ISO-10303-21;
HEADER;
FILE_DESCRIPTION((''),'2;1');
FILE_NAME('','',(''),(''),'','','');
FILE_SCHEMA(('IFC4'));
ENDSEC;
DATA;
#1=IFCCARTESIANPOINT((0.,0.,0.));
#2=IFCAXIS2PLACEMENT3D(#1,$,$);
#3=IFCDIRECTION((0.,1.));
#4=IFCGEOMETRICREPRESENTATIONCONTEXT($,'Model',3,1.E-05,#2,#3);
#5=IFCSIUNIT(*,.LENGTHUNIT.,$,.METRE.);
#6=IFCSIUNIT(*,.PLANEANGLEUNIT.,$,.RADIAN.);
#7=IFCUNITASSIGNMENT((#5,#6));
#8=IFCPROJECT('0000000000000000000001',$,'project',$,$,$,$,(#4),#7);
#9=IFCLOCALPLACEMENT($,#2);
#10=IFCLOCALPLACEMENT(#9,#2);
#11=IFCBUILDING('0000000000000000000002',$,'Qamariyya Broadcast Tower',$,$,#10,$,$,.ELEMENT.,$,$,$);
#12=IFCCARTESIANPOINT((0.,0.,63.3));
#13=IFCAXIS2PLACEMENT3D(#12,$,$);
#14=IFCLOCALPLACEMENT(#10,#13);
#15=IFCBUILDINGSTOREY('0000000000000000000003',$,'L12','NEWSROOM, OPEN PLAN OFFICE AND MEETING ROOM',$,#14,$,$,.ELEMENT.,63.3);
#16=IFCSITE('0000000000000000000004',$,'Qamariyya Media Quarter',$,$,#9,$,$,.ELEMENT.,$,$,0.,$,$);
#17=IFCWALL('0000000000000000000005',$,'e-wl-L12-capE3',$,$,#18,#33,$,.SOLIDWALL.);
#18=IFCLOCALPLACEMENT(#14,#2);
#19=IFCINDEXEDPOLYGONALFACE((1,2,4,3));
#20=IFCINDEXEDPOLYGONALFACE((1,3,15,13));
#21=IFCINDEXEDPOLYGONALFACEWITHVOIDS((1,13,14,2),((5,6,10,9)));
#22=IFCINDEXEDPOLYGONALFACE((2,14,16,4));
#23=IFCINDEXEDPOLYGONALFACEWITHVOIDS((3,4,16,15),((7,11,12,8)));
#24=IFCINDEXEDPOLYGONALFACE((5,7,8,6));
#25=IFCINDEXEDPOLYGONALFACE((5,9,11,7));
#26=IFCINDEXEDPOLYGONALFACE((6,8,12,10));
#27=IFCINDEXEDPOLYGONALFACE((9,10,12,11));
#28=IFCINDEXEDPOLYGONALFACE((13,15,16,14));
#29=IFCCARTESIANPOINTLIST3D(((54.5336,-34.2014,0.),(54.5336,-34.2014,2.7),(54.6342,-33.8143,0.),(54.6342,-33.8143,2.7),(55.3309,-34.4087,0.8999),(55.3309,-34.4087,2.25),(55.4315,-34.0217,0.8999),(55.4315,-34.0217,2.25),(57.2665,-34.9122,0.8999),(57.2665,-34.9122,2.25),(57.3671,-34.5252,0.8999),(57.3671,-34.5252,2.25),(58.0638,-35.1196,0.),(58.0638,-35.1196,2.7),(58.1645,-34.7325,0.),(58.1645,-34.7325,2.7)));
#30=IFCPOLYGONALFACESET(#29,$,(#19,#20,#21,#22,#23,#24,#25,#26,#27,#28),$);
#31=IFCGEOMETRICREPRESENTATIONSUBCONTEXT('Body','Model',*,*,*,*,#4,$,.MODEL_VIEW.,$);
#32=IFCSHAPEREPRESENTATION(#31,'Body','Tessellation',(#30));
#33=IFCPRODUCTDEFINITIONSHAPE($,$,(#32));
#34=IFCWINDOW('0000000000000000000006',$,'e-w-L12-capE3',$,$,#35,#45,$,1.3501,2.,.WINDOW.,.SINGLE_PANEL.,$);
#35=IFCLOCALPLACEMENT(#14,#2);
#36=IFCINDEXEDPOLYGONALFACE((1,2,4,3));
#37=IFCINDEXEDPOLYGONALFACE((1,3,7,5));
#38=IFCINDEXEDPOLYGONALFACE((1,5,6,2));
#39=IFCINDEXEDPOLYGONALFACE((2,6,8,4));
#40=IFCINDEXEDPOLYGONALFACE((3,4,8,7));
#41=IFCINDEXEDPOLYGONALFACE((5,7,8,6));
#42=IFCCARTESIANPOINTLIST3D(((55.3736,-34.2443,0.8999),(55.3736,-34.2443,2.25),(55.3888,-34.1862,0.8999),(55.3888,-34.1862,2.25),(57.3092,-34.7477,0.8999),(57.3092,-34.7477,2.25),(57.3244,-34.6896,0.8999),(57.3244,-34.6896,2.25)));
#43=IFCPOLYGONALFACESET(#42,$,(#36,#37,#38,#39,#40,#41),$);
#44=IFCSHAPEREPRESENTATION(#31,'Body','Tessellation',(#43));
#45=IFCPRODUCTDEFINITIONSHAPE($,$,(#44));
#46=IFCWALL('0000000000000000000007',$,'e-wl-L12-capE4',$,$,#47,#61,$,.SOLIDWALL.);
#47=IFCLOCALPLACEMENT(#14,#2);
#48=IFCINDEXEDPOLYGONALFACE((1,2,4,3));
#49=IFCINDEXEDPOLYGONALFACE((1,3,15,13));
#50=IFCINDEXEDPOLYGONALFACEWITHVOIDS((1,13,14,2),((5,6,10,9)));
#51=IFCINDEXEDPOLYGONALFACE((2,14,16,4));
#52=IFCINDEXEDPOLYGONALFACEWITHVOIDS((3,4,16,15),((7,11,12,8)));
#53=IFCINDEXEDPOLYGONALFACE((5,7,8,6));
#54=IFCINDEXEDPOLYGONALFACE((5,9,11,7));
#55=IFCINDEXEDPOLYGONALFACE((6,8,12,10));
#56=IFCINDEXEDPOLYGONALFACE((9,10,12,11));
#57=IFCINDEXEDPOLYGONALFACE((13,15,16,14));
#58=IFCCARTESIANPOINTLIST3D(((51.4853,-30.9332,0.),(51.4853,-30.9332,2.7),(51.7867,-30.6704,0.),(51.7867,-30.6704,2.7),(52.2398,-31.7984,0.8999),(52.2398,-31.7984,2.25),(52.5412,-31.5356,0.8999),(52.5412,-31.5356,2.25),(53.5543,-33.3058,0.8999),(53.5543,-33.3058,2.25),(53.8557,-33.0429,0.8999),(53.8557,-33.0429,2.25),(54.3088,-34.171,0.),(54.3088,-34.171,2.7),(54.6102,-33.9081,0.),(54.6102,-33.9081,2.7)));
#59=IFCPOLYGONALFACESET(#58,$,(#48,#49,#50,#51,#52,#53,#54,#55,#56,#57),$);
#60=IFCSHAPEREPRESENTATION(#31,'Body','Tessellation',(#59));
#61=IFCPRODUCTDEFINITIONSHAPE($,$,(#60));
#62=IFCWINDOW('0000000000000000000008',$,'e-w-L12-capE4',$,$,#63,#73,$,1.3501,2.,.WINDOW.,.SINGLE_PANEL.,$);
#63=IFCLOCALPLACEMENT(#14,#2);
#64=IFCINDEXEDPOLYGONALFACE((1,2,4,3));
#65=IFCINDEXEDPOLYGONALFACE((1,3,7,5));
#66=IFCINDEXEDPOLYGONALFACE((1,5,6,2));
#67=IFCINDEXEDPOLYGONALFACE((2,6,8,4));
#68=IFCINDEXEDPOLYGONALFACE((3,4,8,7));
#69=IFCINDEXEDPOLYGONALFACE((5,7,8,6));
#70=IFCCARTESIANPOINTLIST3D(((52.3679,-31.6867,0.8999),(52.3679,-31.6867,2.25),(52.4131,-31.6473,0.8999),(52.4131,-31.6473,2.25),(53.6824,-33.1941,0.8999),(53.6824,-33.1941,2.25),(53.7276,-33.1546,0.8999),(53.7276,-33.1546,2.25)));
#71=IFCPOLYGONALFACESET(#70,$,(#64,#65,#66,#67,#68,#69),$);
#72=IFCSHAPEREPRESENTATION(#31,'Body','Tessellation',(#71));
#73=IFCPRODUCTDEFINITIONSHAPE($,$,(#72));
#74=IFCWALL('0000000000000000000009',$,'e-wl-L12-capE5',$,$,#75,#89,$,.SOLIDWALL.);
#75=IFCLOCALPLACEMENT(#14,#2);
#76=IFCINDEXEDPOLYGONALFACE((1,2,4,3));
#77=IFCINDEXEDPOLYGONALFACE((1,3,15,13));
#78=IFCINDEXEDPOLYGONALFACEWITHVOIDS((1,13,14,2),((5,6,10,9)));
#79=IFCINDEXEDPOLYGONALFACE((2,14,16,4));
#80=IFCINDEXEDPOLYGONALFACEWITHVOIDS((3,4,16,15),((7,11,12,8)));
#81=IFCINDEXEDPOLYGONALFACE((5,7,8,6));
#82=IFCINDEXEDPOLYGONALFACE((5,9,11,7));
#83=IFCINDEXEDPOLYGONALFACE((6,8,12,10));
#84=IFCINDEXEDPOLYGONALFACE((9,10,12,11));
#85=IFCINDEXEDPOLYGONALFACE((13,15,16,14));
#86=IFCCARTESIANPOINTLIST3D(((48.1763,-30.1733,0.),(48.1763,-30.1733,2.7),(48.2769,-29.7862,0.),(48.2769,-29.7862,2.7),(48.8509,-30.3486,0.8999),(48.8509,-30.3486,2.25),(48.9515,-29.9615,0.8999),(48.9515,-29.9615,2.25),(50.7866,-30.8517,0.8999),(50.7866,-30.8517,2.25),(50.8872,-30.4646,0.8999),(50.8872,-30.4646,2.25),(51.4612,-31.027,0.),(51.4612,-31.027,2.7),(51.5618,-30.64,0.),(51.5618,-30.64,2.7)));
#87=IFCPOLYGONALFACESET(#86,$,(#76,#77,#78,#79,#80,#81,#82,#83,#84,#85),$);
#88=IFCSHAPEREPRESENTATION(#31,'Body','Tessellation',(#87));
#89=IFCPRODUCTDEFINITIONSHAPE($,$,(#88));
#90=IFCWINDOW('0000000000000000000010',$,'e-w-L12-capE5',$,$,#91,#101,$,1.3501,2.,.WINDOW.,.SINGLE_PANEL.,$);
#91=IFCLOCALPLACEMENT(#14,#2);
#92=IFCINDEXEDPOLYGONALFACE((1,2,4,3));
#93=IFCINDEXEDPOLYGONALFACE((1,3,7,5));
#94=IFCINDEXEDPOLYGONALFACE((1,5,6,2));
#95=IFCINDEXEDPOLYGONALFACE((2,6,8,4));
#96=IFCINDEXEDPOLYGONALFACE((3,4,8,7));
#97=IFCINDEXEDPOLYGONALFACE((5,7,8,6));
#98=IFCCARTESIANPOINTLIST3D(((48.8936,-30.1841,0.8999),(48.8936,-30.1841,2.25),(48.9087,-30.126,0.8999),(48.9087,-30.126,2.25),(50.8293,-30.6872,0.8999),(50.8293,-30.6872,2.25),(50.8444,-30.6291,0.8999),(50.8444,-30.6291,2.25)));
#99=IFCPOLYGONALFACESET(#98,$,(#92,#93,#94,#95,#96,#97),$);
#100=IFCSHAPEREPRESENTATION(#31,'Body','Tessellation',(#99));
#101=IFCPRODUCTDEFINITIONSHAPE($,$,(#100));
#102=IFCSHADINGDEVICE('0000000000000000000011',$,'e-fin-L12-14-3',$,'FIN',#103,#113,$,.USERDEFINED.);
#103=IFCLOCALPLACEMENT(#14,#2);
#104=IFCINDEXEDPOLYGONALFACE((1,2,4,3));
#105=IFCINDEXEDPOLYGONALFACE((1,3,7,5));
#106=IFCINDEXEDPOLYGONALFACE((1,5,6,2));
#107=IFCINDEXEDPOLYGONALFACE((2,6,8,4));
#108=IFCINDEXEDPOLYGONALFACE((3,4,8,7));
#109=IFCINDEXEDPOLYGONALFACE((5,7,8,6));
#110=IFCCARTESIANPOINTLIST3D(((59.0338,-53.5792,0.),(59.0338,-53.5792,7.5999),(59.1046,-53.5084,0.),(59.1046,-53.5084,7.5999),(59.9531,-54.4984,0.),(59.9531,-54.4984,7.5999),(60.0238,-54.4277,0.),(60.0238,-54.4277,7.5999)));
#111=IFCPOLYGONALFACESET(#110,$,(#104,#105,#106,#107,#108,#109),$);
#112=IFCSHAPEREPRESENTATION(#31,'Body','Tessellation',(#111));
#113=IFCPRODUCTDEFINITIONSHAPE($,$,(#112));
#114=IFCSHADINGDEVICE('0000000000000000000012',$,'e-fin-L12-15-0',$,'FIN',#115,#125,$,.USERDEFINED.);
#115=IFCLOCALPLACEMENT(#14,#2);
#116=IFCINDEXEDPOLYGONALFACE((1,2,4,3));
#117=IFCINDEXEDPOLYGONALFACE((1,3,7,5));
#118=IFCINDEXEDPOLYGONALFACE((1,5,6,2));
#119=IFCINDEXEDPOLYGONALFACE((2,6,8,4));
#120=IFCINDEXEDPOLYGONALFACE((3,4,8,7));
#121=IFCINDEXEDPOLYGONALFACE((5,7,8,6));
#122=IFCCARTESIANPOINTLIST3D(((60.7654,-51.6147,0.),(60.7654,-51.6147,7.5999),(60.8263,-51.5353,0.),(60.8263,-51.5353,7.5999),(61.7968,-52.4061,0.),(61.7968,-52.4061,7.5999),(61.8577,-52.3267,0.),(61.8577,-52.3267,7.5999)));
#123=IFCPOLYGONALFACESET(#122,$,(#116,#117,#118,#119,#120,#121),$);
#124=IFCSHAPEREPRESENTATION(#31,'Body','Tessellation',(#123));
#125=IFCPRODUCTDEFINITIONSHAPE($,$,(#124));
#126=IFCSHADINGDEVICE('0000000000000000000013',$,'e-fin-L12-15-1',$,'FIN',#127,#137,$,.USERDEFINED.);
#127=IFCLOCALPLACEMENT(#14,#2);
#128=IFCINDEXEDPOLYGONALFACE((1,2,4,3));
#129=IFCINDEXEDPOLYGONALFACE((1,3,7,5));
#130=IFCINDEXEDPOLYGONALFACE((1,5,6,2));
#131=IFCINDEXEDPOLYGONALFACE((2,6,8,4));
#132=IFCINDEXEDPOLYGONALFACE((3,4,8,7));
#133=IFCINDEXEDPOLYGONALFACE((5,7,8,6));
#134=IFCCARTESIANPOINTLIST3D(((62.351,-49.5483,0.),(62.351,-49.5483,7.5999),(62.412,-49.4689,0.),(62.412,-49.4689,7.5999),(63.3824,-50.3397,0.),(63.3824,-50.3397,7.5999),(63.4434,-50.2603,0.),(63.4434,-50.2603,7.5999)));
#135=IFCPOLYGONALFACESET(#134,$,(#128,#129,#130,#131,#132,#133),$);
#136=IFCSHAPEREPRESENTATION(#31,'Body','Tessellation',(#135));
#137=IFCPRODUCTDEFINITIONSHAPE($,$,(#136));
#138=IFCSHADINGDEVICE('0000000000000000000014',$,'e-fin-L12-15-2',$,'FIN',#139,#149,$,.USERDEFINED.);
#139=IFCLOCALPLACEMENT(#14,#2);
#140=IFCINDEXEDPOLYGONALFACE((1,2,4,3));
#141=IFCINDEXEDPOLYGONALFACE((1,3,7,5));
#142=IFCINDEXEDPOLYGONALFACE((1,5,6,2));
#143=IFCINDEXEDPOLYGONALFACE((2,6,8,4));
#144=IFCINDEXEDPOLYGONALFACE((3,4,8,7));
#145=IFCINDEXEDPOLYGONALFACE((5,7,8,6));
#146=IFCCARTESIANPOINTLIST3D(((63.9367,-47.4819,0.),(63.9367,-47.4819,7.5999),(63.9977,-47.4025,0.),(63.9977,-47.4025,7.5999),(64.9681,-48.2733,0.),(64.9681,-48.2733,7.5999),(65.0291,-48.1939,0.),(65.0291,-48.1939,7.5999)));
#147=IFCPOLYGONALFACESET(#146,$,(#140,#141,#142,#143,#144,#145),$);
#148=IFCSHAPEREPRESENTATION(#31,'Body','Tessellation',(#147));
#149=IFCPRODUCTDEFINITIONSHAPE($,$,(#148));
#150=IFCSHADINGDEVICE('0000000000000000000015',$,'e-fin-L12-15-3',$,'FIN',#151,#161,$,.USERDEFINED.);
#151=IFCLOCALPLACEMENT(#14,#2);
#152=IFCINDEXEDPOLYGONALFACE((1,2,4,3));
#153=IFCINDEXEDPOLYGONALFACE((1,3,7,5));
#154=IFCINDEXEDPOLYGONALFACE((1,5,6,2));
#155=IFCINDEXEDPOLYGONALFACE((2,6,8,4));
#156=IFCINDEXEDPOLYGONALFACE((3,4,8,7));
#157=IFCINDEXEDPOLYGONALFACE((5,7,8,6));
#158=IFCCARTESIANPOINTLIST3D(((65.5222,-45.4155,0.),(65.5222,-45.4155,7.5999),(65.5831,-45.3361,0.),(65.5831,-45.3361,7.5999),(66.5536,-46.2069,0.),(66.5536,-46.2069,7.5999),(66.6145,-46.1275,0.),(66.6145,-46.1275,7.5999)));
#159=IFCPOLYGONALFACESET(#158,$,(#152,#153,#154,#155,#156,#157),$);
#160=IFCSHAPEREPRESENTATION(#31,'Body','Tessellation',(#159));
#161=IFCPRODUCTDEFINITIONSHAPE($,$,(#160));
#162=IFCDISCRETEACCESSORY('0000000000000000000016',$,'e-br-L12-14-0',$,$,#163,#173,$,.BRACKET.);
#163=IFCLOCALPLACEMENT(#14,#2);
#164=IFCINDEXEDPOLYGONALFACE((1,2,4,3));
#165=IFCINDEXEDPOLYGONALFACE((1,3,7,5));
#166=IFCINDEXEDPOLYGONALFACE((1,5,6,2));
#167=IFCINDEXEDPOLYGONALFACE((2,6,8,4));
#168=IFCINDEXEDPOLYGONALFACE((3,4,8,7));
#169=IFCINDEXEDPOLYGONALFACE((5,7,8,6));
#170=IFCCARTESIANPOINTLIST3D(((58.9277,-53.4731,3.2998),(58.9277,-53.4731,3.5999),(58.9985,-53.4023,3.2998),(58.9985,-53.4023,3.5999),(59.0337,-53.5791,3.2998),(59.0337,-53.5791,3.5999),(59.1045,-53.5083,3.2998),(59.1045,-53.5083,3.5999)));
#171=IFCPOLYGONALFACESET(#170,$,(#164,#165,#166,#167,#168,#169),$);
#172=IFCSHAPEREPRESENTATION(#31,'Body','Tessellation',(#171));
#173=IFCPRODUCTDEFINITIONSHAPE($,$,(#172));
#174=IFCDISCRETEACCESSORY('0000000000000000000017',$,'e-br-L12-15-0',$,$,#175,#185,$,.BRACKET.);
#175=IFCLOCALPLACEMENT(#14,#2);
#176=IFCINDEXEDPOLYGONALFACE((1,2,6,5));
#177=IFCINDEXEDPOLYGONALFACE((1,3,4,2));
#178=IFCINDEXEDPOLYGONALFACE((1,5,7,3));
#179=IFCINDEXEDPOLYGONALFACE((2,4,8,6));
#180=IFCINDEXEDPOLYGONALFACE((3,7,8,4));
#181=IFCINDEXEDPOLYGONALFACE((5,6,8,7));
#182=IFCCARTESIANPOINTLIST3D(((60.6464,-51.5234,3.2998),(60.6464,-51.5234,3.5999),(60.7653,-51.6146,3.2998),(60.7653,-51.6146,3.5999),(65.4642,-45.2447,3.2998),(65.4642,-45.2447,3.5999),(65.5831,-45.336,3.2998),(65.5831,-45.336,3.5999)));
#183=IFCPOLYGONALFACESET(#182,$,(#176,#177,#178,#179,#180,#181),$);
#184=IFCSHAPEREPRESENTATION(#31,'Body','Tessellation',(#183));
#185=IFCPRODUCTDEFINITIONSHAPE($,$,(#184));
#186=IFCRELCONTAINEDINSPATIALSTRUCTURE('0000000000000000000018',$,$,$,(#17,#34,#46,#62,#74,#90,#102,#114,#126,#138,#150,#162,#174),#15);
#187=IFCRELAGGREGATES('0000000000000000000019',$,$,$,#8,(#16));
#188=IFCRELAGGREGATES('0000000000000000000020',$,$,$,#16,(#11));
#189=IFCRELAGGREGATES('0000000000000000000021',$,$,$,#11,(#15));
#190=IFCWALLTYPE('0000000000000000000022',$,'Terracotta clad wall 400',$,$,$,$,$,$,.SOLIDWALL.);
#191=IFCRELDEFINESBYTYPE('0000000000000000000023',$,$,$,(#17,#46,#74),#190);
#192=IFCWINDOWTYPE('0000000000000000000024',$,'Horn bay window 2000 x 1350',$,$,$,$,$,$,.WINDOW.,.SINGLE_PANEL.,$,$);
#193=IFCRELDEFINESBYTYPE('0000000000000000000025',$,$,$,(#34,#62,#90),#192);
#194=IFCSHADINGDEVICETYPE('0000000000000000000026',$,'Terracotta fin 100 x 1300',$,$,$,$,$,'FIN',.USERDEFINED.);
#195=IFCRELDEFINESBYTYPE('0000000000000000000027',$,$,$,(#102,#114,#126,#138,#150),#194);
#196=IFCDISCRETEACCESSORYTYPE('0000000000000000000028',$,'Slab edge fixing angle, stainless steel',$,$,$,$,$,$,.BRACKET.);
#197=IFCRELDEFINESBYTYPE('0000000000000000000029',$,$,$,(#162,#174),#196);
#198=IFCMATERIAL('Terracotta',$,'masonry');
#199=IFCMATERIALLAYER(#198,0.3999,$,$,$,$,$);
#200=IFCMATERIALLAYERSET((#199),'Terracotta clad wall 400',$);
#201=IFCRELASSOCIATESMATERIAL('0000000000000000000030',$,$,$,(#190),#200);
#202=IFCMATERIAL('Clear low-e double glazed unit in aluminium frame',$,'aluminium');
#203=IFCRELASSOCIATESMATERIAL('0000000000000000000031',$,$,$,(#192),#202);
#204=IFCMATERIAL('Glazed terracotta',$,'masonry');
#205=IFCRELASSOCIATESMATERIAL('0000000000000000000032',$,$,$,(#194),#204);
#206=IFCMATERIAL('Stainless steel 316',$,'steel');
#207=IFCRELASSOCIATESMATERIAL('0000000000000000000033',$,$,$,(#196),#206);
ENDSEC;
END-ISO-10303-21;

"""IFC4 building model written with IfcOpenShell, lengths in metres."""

from ifc_helpers import new_model, si_unit, direction, frame, frame_2d, origin, origin_2d, place, context, subcontext, project, spatial, rectangle, extrude, material, layer, layer_set, material_profile, profile_set, type_object, element, fill, save


model = new_model("IFC4")

# Units and contexts
model_context = context("Model", 3, precision=1e-05, world=origin(), true_north=direction((0.0, 1.0)))
body_context = subcontext(model_context, "Body", "Model", "MODEL_VIEW")
ifc_project = project(units=[si_unit("LENGTHUNIT", "METRE"), si_unit("PLANEANGLEUNIT", "RADIAN")], contexts=[model_context])

# Site, building, storey
site_placement = place(None, origin())
site = spatial("IfcSite", under=ifc_project, at=site_placement, Name="Qamariyya Media Quarter", CompositionType="ELEMENT", RefElevation=0.0)
building_placement = place(site_placement, origin())
building = spatial("IfcBuilding", under=site, at=building_placement, Name="Qamariyya Broadcast Tower", CompositionType="ELEMENT")
storey_placement = place(building_placement, frame((0.0, 0.0, 63.3)))
storey = spatial("IfcBuildingStorey", under=building, at=storey_placement, Name="L12", Description="NEWSROOM, OPEN PLAN OFFICE AND MEETING ROOM", CompositionType="ELEMENT", Elevation=63.3)

# Walls, openings, windows
ifc_material_1 = material(Name="Terracotta", Category="masonry")
ifc_layer = layer(ifc_material_1, 0.3999)
ifc_layer_set = layer_set([ifc_layer], Name="Terracotta clad wall 400")
wall_type = type_object("IfcWallType", Name="Terracotta clad wall 400", PredefinedType="SOLIDWALL", material=ifc_layer_set)
ifc_material_2 = material(Name="Clear low-e double glazed unit in aluminium frame", Category="aluminium")
window_type = type_object("IfcWindowType", Name="Horn bay window 2000 x 1350", PartitioningType="SINGLE_PANEL", PredefinedType="WINDOW", material=ifc_material_2)
wall_1_placement = place(storey_placement, frame((58.114, -34.926, 0.0), z_axis=(0.0, 0.0, 1.0), x_axis=(-0.9678, 0.251722, 0.0)))
wall_1 = element("IfcWall", 1, at=wall_1_placement, inside=storey, type_object=wall_type, Name="e-wl-L12-capE3", PredefinedType="SOLIDWALL", context=body_context, shape_type="SweptSolid", body=[
    extrude(rectangle(XDim=3.6477, YDim=0.3999, at=frame_2d((1.8237, 0.0))), origin(), (0.0, 0.0, 1.0), 2.7),
])
opening_1_placement = place(wall_1_placement, frame((0.8237, 0.0, 0.8999)))
opening_1 = element("IfcOpeningElement", 2, at=opening_1_placement, cuts=wall_1, PredefinedType="OPENING", context=body_context, shape_type="SweptSolid", body=[
    extrude(rectangle(XDim=2.0, YDim=1.3501, at=frame_2d((1.0, 0.675))), frame((0.0, 0.21, 0.0), z_axis=(0.0, -1.0, 0.0), x_axis=(1.0, 0.0, 0.0)), (0.0, 0.0, 1.0), 0.4199),
])
window_1_placement = place(opening_1_placement, origin())
window_1 = element("IfcWindow", 3, at=window_1_placement, inside=storey, type_object=window_type, Name="e-w-L12-capE3", OverallHeight=1.3501, OverallWidth=2.0, PartitioningType="SINGLE_PANEL", PredefinedType="WINDOW", context=body_context, shape_type="SweptSolid", body=[
    extrude(rectangle(XDim=2.0, YDim=1.3501, at=frame_2d((1.0, 0.675))), frame((0.0, 0.03, 0.0), z_axis=(0.0, -1.0, 0.0), x_axis=(1.0, 0.0, 0.0)), (0.0, 0.0, 1.0), 0.0601),
])
fill(opening_1, window_1)
wall_2_placement = place(storey_placement, frame((54.4595, -34.0396, 0.0), z_axis=(0.0, 0.0, 1.0), x_axis=(-0.65724, 0.753681, 0.0)))
wall_2 = element("IfcWall", 4, at=wall_2_placement, inside=storey, type_object=wall_type, Name="e-wl-L12-capE4", PredefinedType="SOLIDWALL", context=body_context, shape_type="SweptSolid", body=[
    extrude(rectangle(XDim=4.2959, YDim=0.3999, at=frame_2d((2.1479, 0.0))), origin(), (0.0, 0.0, 1.0), 2.7),
])
opening_2_placement = place(wall_2_placement, frame((1.1479, 0.0, 0.8999)))
opening_2 = element("IfcOpeningElement", 5, at=opening_2_placement, cuts=wall_2, PredefinedType="OPENING", context=body_context, shape_type="SweptSolid", body=[
    extrude(rectangle(XDim=2.0, YDim=1.3501, at=frame_2d((1.0, 0.675))), frame((0.0, 0.21, 0.0), z_axis=(0.0, -1.0, 0.0), x_axis=(1.0, 0.0, 0.0)), (0.0, 0.0, 1.0), 0.4199),
])
window_2_placement = place(opening_2_placement, origin())
window_2 = element("IfcWindow", 6, at=window_2_placement, inside=storey, type_object=window_type, Name="e-w-L12-capE4", OverallHeight=1.3501, OverallWidth=2.0, PartitioningType="SINGLE_PANEL", PredefinedType="WINDOW", context=body_context, shape_type="SweptSolid", body=[
    extrude(rectangle(XDim=2.0, YDim=1.3501, at=frame_2d((1.0, 0.675))), frame((0.0, 0.03, 0.0), z_axis=(0.0, -1.0, 0.0), x_axis=(1.0, 0.0, 0.0)), (0.0, 0.0, 1.0), 0.0601),
])
fill(opening_2, window_2)
wall_3_placement = place(storey_placement, frame((51.5115, -30.8335, 0.0), z_axis=(0.0, 0.0, 1.0), x_axis=(-0.967845, 0.251546, 0.0)))
wall_3 = element("IfcWall", 7, at=wall_3_placement, inside=storey, type_object=wall_type, Name="e-wl-L12-capE5", PredefinedType="SOLIDWALL", context=body_context, shape_type="SweptSolid", body=[
    extrude(rectangle(XDim=3.394, YDim=0.3999, at=frame_2d((1.697, 0.0))), origin(), (0.0, 0.0, 1.0), 2.7),
])
opening_3_placement = place(wall_3_placement, frame((0.697, 0.0, 0.8999)))
opening_3 = element("IfcOpeningElement", 8, at=opening_3_placement, cuts=wall_3, PredefinedType="OPENING", context=body_context, shape_type="SweptSolid", body=[
    extrude(rectangle(XDim=2.0, YDim=1.3501, at=frame_2d((1.0, 0.675))), frame((0.0, 0.21, 0.0), z_axis=(0.0, -1.0, 0.0), x_axis=(1.0, 0.0, 0.0)), (0.0, 0.0, 1.0), 0.4199),
])
window_3_placement = place(opening_3_placement, origin())
window_3 = element("IfcWindow", 9, at=window_3_placement, inside=storey, type_object=window_type, Name="e-w-L12-capE5", OverallHeight=1.3501, OverallWidth=2.0, PartitioningType="SINGLE_PANEL", PredefinedType="WINDOW", context=body_context, shape_type="SweptSolid", body=[
    extrude(rectangle(XDim=2.0, YDim=1.3501, at=frame_2d((1.0, 0.675))), frame((0.0, 0.03, 0.0), z_axis=(0.0, -1.0, 0.0), x_axis=(1.0, 0.0, 0.0)), (0.0, 0.0, 1.0), 0.0601),
])
fill(opening_3, window_3)

# Shading devices
ifc_material_3 = material(Name="Glazed terracotta", Category="masonry")
ifc_material_profile_1 = material_profile(ifc_material_3, rectangle(XDim=1.3, YDim=0.1001, at=origin_2d()))
ifc_profile_set_1 = profile_set([ifc_material_profile_1], Name="Glazed terracotta")
shading_device_type_1 = type_object("IfcShadingDeviceType", Name="Terracotta fin 100 x 1300", ElementType="FIN", PredefinedType="USERDEFINED", material=ifc_profile_set_1)
for number, where, z_axis, x_axis, name in (
    (10, (59.5288, -54.0034, 0.0), (0.0, 0.0, 1.0), (0.707107, -0.707107, 0.0), "e-fin-L12-14-3"),
    (11, (61.3115, -51.9707, 0.0), (0.0, 0.0, 1.0), (0.793353, -0.608761, 0.0), "e-fin-L12-15-0"),
    (12, (62.8972, -49.9043, 0.0), (0.0, 0.0, 1.0), (0.793353, -0.608761, 0.0), "e-fin-L12-15-1"),
    (13, (64.4829, -47.8379, 0.0), (0.0, 0.0, 1.0), (0.793353, -0.608761, 0.0), "e-fin-L12-15-2"),
    (14, (66.0684, -45.7715, 0.0), (0.0, 0.0, 1.0), (0.793353, -0.608761, 0.0), "e-fin-L12-15-3"),
):
    element("IfcShadingDevice", number, at=place(storey_placement, frame(where, z_axis=z_axis, x_axis=x_axis)), inside=storey, type_object=shading_device_type_1, Name=name, ObjectType="FIN", PredefinedType="USERDEFINED", context=body_context, shape_type="SweptSolid", body=[
        extrude(rectangle(XDim=1.3, YDim=0.1001, at=origin_2d()), origin(), (0.0, 0.0, 1.0), 7.5999),
    ])

# Discrete accessories
ifc_material_4 = material(Name="Stainless steel 316", Category="steel")
discrete_accessory_type = type_object("IfcDiscreteAccessoryType", Name="Slab edge fixing angle, stainless steel", PredefinedType="BRACKET", material=ifc_material_4)
discrete_accessory_1_placement = place(storey_placement, frame((59.0161, -53.4907, 3.2998), z_axis=(0.0, 0.0, 1.0), x_axis=(0.707107, 0.707107, 0.0)))
element("IfcDiscreteAccessory", 15, at=discrete_accessory_1_placement, inside=storey, type_object=discrete_accessory_type, Name="e-br-L12-14-0", PredefinedType="BRACKET", context=body_context, shape_type="SweptSolid", body=[
    extrude(rectangle(XDim=0.1001, YDim=0.1499, at=origin_2d()), origin(), (0.0, 0.0, 1.0), 0.3),
])
discrete_accessory_2_placement = place(storey_placement, frame((63.1147, -48.4297, 3.2998), z_axis=(0.0, 0.0, 1.0), x_axis=(0.608761, 0.793353, 0.0)))
element("IfcDiscreteAccessory", 16, at=discrete_accessory_2_placement, inside=storey, type_object=discrete_accessory_type, Name="e-br-L12-15-0", PredefinedType="BRACKET", context=body_context, shape_type="SweptSolid", body=[
    extrude(rectangle(XDim=7.9141, YDim=0.1499, at=origin_2d()), origin(), (0.0, 0.0, 1.0), 0.3),
])

save(model, "model.ifc")
